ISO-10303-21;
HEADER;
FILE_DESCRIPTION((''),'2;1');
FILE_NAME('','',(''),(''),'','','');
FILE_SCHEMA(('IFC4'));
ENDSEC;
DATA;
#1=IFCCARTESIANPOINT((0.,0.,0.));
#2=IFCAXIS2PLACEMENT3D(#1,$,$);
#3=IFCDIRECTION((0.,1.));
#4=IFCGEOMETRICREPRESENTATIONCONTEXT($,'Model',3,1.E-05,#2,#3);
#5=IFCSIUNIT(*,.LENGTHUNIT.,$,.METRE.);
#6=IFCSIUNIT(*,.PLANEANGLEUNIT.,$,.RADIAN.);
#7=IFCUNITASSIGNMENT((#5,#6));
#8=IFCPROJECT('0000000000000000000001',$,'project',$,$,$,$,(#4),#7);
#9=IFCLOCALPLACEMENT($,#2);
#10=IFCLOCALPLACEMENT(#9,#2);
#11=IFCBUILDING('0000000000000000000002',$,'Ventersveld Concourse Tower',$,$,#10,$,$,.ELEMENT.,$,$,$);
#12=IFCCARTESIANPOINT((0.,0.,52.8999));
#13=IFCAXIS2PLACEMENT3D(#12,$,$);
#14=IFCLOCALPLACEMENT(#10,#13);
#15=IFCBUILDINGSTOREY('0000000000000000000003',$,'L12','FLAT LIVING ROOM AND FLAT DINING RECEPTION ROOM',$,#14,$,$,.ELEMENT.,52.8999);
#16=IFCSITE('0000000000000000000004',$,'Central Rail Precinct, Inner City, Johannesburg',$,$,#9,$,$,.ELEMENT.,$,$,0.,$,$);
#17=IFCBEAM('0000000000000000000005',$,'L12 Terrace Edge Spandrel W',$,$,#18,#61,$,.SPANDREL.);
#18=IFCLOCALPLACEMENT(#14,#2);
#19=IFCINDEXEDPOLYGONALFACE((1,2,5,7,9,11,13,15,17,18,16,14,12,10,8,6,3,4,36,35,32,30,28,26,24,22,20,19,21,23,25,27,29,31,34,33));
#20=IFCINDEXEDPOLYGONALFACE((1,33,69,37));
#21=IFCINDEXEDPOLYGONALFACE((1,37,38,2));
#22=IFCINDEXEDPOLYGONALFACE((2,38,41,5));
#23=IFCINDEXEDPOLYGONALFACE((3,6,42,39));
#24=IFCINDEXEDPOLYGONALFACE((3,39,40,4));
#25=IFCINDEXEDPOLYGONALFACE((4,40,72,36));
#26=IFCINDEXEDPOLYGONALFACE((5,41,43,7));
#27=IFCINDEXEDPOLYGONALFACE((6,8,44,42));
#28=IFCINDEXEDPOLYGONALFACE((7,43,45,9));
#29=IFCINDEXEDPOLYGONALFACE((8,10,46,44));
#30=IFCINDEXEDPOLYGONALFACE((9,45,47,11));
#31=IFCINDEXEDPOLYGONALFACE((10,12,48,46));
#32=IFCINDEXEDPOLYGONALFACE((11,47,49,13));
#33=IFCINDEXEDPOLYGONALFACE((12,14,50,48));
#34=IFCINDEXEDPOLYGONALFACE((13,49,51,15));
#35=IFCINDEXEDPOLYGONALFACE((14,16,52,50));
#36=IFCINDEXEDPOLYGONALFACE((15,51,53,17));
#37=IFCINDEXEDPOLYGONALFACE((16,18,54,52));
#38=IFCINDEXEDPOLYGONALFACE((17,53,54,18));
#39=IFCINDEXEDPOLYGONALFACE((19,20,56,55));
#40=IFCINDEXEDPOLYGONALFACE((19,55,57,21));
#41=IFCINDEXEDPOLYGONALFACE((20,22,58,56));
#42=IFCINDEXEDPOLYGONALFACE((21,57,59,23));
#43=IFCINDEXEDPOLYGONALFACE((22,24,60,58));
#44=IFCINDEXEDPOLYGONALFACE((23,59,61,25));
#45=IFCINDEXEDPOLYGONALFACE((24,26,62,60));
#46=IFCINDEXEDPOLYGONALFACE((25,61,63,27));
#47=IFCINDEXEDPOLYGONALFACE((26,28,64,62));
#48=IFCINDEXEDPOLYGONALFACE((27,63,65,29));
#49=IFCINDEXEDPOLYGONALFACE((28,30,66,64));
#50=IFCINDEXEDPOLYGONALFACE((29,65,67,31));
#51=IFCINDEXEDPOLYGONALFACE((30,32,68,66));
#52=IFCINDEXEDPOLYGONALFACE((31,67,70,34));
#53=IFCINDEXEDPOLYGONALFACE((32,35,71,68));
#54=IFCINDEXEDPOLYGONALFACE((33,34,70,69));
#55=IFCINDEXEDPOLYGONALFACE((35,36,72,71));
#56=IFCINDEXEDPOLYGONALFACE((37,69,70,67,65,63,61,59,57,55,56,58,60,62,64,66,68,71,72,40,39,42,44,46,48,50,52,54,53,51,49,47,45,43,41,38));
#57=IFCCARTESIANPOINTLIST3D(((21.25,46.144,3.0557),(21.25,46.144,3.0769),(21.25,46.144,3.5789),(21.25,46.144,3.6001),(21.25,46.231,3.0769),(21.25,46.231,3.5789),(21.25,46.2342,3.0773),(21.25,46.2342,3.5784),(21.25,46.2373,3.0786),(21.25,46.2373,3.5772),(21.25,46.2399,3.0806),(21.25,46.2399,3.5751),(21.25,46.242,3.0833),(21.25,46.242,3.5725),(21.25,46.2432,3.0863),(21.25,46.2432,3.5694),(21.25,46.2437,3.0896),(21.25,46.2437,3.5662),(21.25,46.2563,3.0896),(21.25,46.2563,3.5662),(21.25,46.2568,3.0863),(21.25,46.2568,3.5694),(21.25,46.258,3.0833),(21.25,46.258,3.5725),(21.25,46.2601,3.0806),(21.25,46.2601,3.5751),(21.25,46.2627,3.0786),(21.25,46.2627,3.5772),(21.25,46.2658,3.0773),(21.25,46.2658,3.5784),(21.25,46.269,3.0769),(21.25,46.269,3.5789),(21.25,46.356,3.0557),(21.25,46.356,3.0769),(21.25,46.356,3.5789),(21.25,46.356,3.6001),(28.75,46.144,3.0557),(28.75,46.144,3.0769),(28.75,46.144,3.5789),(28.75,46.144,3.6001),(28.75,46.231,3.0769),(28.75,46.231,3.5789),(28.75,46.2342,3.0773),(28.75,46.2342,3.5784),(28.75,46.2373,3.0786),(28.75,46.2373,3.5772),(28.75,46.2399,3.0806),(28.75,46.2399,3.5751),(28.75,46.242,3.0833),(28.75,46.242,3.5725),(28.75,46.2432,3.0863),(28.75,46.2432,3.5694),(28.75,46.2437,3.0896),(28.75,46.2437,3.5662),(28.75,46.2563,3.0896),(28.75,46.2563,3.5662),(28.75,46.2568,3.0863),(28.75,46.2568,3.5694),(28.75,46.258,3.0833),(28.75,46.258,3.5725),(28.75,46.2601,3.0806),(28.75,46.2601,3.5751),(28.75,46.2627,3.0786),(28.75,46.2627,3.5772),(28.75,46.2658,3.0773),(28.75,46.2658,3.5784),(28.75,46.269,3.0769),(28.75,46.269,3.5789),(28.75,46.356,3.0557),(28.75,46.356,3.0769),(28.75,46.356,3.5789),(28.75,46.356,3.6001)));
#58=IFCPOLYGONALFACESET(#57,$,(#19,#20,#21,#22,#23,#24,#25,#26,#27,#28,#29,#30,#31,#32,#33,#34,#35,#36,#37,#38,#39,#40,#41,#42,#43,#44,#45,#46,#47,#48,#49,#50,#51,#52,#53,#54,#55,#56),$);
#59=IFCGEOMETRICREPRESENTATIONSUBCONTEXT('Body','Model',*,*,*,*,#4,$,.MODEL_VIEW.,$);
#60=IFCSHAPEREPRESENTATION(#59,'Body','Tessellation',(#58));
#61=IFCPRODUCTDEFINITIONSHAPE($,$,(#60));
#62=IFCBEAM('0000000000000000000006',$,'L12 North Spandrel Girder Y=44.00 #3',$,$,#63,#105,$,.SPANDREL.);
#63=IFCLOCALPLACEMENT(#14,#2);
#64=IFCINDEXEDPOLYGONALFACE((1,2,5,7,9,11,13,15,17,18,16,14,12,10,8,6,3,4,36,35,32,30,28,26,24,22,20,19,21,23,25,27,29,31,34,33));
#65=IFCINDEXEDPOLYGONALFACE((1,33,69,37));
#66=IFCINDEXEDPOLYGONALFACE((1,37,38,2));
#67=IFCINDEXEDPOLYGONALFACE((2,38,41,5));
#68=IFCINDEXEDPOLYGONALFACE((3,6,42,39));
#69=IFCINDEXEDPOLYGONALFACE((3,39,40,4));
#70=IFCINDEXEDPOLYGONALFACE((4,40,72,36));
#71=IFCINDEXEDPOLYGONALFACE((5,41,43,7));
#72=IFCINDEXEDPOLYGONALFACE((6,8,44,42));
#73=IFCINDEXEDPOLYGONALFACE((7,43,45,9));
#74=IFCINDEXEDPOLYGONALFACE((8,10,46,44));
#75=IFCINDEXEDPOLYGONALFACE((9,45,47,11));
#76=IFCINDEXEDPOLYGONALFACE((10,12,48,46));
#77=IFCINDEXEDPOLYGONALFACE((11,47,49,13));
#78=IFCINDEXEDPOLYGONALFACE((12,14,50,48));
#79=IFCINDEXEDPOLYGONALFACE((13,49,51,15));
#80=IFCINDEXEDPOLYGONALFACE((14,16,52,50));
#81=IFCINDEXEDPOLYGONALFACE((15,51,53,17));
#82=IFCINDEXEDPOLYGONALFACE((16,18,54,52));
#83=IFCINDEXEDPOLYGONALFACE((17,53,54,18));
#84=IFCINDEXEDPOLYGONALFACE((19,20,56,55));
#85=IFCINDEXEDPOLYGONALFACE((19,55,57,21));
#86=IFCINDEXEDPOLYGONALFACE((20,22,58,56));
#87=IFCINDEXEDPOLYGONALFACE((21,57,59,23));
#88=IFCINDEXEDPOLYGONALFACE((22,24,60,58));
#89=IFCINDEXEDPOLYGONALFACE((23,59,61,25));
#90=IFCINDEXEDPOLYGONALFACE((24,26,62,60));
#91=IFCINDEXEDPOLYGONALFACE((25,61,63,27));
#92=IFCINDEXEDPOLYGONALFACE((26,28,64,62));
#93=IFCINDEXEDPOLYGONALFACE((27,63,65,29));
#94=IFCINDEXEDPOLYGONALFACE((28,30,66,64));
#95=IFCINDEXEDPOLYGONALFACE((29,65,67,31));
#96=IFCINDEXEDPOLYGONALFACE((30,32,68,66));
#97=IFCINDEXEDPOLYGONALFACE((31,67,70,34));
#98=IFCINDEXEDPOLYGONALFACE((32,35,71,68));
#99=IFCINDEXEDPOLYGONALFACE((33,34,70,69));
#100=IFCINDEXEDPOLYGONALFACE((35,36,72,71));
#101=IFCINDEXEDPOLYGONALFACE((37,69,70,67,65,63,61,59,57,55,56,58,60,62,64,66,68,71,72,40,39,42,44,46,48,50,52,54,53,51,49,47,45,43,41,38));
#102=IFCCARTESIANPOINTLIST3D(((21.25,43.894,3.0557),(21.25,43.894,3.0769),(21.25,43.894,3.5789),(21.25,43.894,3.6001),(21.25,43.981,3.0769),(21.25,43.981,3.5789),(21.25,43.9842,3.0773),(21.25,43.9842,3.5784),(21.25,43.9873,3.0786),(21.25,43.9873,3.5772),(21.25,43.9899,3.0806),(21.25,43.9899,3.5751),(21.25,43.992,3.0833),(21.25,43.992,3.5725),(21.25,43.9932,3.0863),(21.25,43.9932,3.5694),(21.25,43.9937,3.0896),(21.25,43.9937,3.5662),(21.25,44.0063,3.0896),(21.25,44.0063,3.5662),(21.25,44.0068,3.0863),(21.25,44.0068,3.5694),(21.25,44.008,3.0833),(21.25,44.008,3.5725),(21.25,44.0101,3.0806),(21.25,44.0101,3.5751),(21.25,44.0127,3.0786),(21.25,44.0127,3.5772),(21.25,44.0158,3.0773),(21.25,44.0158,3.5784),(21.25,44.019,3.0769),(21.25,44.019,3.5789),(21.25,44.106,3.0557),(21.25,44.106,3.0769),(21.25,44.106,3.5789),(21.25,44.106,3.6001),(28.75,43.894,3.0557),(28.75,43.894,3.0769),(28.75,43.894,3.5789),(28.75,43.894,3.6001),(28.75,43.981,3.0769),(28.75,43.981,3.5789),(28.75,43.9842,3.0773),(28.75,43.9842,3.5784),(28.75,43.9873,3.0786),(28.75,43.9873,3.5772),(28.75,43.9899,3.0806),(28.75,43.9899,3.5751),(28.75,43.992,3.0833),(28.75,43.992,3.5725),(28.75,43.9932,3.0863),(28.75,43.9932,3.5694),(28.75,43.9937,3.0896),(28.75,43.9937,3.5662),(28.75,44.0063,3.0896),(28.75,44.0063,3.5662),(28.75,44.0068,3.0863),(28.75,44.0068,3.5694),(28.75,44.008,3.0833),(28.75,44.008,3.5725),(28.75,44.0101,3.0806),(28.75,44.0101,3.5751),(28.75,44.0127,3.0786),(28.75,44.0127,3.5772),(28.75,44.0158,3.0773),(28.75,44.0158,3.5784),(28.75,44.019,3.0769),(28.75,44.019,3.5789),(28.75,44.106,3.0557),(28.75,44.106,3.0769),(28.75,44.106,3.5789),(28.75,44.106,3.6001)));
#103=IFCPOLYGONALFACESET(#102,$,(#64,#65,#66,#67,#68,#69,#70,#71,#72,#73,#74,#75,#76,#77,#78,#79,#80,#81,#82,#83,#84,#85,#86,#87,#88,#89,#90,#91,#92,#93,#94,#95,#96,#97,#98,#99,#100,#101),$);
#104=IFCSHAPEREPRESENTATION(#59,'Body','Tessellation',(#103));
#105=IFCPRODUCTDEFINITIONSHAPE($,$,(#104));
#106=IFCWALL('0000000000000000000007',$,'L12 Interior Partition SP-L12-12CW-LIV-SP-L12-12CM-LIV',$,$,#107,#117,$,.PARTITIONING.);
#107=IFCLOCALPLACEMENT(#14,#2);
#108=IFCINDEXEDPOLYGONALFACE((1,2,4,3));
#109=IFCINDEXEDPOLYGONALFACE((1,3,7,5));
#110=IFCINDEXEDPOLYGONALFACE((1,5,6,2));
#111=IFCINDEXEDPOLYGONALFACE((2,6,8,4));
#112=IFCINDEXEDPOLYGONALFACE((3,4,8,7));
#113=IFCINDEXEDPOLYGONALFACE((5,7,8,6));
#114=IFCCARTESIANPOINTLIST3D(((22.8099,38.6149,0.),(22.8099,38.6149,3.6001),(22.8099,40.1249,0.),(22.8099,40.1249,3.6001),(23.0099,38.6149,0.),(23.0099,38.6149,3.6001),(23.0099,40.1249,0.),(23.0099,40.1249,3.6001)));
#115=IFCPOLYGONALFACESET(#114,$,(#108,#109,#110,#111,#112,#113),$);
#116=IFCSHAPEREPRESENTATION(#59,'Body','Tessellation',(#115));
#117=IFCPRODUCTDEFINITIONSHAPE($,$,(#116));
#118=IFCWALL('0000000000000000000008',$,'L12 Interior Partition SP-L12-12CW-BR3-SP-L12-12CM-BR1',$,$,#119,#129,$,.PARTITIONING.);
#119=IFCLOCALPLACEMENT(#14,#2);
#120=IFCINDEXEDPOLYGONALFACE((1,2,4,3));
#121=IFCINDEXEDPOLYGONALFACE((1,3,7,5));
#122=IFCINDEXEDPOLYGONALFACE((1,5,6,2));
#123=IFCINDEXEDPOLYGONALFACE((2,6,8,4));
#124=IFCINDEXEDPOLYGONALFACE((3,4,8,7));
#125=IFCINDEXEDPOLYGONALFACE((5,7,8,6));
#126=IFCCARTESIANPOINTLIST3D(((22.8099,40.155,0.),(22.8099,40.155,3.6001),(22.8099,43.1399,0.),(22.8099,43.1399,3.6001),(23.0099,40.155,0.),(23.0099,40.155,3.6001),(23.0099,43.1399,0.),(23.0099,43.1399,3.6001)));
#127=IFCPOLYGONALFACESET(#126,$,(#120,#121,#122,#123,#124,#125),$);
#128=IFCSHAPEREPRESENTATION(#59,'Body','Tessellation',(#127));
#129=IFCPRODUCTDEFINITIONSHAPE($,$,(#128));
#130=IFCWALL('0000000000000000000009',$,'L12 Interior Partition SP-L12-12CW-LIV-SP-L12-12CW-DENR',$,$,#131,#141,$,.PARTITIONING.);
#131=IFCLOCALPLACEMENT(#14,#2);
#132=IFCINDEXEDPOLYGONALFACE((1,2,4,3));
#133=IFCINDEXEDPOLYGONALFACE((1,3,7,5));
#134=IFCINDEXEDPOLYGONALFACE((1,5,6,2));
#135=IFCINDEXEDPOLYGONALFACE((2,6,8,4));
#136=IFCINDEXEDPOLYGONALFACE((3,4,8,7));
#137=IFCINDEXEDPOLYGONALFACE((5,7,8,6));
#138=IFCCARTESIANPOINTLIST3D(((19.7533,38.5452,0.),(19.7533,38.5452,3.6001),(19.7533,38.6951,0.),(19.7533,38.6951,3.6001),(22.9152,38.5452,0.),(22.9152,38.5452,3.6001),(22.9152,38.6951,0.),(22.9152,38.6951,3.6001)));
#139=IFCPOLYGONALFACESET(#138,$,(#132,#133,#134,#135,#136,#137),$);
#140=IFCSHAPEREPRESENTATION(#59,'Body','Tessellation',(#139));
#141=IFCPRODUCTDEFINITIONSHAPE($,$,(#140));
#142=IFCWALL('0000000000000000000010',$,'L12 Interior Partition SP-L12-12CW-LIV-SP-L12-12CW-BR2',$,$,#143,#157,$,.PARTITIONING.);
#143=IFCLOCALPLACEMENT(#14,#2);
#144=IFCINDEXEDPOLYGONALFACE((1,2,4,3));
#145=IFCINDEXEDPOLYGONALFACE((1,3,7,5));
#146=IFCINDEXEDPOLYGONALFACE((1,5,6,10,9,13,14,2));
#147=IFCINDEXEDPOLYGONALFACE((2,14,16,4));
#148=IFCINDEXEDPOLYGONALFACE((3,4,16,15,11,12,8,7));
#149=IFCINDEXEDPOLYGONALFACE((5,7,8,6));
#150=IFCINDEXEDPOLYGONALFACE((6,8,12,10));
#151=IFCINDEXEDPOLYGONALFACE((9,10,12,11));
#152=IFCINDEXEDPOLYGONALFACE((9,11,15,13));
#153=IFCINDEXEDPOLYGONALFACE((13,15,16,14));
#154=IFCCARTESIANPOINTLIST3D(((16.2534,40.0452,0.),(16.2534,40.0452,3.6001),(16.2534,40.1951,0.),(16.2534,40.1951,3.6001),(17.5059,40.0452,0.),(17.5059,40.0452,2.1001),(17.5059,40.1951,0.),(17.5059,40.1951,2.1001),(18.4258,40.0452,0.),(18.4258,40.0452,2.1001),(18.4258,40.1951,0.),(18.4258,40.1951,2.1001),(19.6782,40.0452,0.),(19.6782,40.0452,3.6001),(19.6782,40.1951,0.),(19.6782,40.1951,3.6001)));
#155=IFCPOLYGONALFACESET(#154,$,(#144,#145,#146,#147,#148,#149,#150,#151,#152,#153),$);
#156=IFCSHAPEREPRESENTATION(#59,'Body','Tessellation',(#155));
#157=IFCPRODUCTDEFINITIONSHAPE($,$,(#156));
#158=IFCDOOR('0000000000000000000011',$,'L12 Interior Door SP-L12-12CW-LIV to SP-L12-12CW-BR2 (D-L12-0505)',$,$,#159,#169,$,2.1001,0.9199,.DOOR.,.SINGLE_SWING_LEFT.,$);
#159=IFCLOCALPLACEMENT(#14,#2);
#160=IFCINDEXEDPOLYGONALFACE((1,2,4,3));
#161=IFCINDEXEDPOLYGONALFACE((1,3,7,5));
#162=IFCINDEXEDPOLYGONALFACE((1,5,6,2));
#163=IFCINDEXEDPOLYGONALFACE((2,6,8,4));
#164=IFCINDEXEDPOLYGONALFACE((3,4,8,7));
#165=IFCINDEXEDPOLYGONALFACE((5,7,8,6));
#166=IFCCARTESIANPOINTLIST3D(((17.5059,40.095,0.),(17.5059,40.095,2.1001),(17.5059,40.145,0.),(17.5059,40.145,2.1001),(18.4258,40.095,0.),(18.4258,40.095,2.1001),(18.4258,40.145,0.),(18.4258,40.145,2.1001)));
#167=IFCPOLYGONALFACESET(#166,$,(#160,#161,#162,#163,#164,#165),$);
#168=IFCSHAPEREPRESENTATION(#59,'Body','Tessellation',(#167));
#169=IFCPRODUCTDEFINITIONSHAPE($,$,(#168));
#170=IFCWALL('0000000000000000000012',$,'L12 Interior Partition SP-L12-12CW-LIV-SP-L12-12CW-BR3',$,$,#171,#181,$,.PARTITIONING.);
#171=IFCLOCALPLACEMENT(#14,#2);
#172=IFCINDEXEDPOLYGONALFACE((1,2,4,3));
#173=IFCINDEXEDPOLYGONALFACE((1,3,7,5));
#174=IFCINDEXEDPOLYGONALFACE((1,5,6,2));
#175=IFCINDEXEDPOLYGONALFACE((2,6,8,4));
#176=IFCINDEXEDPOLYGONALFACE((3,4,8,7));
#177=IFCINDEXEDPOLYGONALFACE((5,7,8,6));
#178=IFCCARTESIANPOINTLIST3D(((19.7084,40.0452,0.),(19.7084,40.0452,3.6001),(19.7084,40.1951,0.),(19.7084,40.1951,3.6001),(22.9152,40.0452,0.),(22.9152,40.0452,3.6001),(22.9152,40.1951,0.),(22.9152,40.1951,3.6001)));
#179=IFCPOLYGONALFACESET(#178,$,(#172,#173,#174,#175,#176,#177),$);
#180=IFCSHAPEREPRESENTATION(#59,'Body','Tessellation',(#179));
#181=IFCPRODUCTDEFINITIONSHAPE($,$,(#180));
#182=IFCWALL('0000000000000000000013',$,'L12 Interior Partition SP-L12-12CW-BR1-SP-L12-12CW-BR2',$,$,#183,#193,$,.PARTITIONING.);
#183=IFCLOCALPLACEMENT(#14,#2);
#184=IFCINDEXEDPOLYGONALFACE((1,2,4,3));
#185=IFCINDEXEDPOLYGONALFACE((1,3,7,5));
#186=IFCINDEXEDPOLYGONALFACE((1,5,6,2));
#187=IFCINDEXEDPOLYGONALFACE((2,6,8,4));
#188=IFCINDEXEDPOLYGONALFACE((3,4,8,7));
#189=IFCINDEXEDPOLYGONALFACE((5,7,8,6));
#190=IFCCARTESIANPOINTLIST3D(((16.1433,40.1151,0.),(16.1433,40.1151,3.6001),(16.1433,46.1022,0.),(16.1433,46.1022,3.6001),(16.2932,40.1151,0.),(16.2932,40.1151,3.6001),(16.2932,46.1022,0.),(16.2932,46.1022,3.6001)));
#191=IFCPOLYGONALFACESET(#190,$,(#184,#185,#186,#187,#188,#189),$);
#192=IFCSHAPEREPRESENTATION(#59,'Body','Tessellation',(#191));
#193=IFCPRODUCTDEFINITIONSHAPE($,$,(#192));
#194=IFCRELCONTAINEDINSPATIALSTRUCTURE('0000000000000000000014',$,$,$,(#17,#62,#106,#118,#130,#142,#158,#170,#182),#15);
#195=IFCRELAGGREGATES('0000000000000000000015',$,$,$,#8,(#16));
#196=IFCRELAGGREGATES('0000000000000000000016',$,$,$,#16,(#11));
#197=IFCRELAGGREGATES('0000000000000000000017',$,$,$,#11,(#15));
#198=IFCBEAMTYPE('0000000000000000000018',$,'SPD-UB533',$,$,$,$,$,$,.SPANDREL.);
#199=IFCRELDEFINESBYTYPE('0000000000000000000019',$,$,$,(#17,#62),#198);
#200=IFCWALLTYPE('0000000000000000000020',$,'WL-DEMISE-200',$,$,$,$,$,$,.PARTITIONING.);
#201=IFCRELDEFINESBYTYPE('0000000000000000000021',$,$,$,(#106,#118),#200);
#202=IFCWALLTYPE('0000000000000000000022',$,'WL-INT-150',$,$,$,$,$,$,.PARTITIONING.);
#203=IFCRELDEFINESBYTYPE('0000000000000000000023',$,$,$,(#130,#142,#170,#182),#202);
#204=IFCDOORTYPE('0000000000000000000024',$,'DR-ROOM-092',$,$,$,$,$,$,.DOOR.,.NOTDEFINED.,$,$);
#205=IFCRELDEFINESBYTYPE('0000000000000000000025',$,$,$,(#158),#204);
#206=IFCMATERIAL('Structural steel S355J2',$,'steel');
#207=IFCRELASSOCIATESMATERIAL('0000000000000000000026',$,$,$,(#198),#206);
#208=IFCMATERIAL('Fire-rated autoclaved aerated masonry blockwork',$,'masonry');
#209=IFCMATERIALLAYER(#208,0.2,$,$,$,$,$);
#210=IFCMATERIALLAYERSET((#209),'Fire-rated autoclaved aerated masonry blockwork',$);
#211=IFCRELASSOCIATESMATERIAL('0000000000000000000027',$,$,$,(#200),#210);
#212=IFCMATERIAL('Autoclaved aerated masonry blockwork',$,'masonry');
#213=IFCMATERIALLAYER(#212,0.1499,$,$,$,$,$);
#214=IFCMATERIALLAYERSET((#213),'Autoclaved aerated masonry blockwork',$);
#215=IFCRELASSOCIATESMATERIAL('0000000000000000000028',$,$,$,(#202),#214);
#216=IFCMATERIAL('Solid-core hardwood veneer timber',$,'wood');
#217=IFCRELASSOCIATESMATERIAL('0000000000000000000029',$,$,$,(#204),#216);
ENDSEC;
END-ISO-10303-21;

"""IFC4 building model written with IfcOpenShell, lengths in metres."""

from ifc_helpers import new_model, si_unit, direction, frame, frame_2d, origin, origin_2d, place, context, subcontext, project, spatial, rectangle, i_section, extrude, material, layer, layer_set, material_profile, profile_set, type_object, element, fill, save


model = new_model("IFC4")

# Units and contexts
model_context = context("Model", 3, precision=1e-05, world=origin(), true_north=direction((0.0, 1.0)))
body_context = subcontext(model_context, "Body", "Model", "MODEL_VIEW")
ifc_project = project(units=[si_unit("LENGTHUNIT", "METRE"), si_unit("PLANEANGLEUNIT", "RADIAN")], contexts=[model_context])

# Site, building, storey
site_placement = place(None, origin())
site = spatial("IfcSite", under=ifc_project, at=site_placement, Name="Central Rail Precinct, Inner City, Johannesburg", CompositionType="ELEMENT", RefElevation=0.0)
building_placement = place(site_placement, origin())
building = spatial("IfcBuilding", under=site, at=building_placement, Name="Ventersveld Concourse Tower", CompositionType="ELEMENT")
storey_placement = place(building_placement, frame((0.0, 0.0, 52.8999)))
storey = spatial("IfcBuildingStorey", under=building, at=storey_placement, Name="L12", Description="FLAT LIVING ROOM AND FLAT DINING RECEPTION ROOM", CompositionType="ELEMENT", Elevation=52.8999)

# Shared definitions
ifc_material_1 = material(Name="Structural steel S355J2", Category="steel")

# Beams
ifc_material_profile_1 = material_profile(ifc_material_1, i_section(OverallWidth=0.2119, OverallDepth=0.5444, WebThickness=0.0127, FlangeThickness=0.0212, FilletRadius=0.0127, at=origin_2d()), Name="UB 533x210x122")
ifc_profile_set_1 = profile_set([ifc_material_profile_1], Name="Structural steel S355J2")
beam_type_1 = type_object("IfcBeamType", Name="SPD-UB533", PredefinedType="SPANDREL", material=ifc_profile_set_1)
for number, where, z_axis, x_axis, name in (
    (1, (21.25, 46.25, 3.3279), (1.0, 0.0, 0.0), (0.0, 1.0, 0.0), "L12 Terrace Edge Spandrel W"),
    (2, (21.25, 44.0, 3.3279), (1.0, 0.0, 0.0), (0.0, 1.0, 0.0), "L12 North Spandrel Girder Y=44.00 #3"),
):
    element("IfcBeam", number, at=place(storey_placement, frame(where, z_axis=z_axis, x_axis=x_axis)), inside=storey, type_object=beam_type_1, Name=name, PredefinedType="SPANDREL", context=body_context, shape_type="SweptSolid", body=[
        extrude(i_section(OverallWidth=0.2119, OverallDepth=0.5444, WebThickness=0.0127, FlangeThickness=0.0212, FilletRadius=0.0127, at=origin_2d()), origin(), (0.0, 0.0, 1.0), 7.5),
    ])

# Walls
ifc_material_2 = material(Name="Fire-rated autoclaved aerated masonry blockwork", Category="masonry")
ifc_layer_1 = layer(ifc_material_2, 0.2)
ifc_layer_set_1 = layer_set([ifc_layer_1], Name="Fire-rated autoclaved aerated masonry blockwork")
wall_type_1 = type_object("IfcWallType", Name="WL-DEMISE-200", PredefinedType="PARTITIONING", material=ifc_layer_set_1)
wall_1_placement = place(storey_placement, frame((22.9099, 38.615, 0.0), z_axis=(0.0, 0.0, 1.0), x_axis=(0.0, 1.0, 0.0)))
element("IfcWall", 3, at=wall_1_placement, inside=storey, type_object=wall_type_1, Name="L12 Interior Partition SP-L12-12CW-LIV-SP-L12-12CM-LIV", PredefinedType="PARTITIONING", context=body_context, shape_type="SweptSolid", body=[
    extrude(rectangle(XDim=1.51, YDim=0.2, at=frame_2d((0.7549, 0.0))), origin(), (0.0, 0.0, 1.0), 3.6001),
])
wall_2_placement = place(storey_placement, frame((22.9099, 40.155, 0.0), z_axis=(0.0, 0.0, 1.0), x_axis=(0.0, 1.0, 0.0)))
element("IfcWall", 4, at=wall_2_placement, inside=storey, type_object=wall_type_1, Name="L12 Interior Partition SP-L12-12CW-BR3-SP-L12-12CM-BR1", PredefinedType="PARTITIONING", context=body_context, shape_type="SweptSolid", body=[
    extrude(rectangle(XDim=2.9849, YDim=0.2, at=frame_2d((1.4924, 0.0))), origin(), (0.0, 0.0, 1.0), 3.6001),
])
ifc_material_3 = material(Name="Autoclaved aerated masonry blockwork", Category="masonry")
ifc_layer_2 = layer(ifc_material_3, 0.1499)
ifc_layer_set_2 = layer_set([ifc_layer_2], Name="Autoclaved aerated masonry blockwork")
wall_type_2 = type_object("IfcWallType", Name="WL-INT-150", PredefinedType="PARTITIONING", material=ifc_layer_set_2)
wall_3_placement = place(storey_placement, frame((19.7532, 38.6201, 0.0), z_axis=(0.0, 0.0, 1.0), x_axis=(1.0, 0.0, 0.0)))
element("IfcWall", 5, at=wall_3_placement, inside=storey, type_object=wall_type_2, Name="L12 Interior Partition SP-L12-12CW-LIV-SP-L12-12CW-DENR", PredefinedType="PARTITIONING", context=body_context, shape_type="SweptSolid", body=[
    extrude(rectangle(XDim=3.1619, YDim=0.1499, at=frame_2d((1.5811, 0.0))), origin(), (0.0, 0.0, 1.0), 3.6001),
])

# Wall, opening, door
wall_4_placement = place(storey_placement, frame((16.2534, 40.1201, 0.0), z_axis=(0.0, 0.0, 1.0), x_axis=(1.0, 0.0, 0.0)))
wall_4 = element("IfcWall", 6, at=wall_4_placement, inside=storey, type_object=wall_type_2, Name="L12 Interior Partition SP-L12-12CW-LIV-SP-L12-12CW-BR2", PredefinedType="PARTITIONING", context=body_context, shape_type="SweptSolid", body=[
    extrude(rectangle(XDim=3.4248, YDim=0.1499, at=frame_2d((1.7124, 0.0))), origin(), (0.0, 0.0, 1.0), 3.6001),
])
opening_1_placement = place(wall_4_placement, frame((1.2524, 0.0, 0.0)))
opening_1 = element("IfcOpeningElement", 7, at=opening_1_placement, cuts=wall_4, PredefinedType="OPENING", context=body_context, shape_type="SweptSolid", body=[
    extrude(rectangle(XDim=0.9199, YDim=2.1001, at=frame_2d((0.46, 1.05))), frame((0.0, 0.085, 0.0), z_axis=(0.0, -1.0, 0.0), x_axis=(1.0, 0.0, 0.0)), (0.0, 0.0, 1.0), 0.1699),
])
ifc_material_4 = material(Name="Solid-core hardwood veneer timber", Category="wood")
door_type = type_object("IfcDoorType", Name="DR-ROOM-092", OperationType="NOTDEFINED", PredefinedType="DOOR", material=ifc_material_4)
door_1_placement = place(opening_1_placement, origin())
door_1 = element("IfcDoor", 8, at=door_1_placement, inside=storey, type_object=door_type, Name="L12 Interior Door SP-L12-12CW-LIV to SP-L12-12CW-BR2 (D-L12-0505)", OperationType="SINGLE_SWING_LEFT", OverallHeight=2.1001, OverallWidth=0.9199, PredefinedType="DOOR", context=body_context, shape_type="SweptSolid", body=[
    extrude(rectangle(XDim=0.9199, YDim=2.1001, at=frame_2d((0.46, 1.05))), frame((0.0, 0.0249, 0.0), z_axis=(0.0, -1.0, 0.0), x_axis=(1.0, 0.0, 0.0)), (0.0, 0.0, 1.0), 0.05),
])
fill(opening_1, door_1)

# Walls
wall_5_placement = place(storey_placement, frame((19.7083, 40.1201, 0.0), z_axis=(0.0, 0.0, 1.0), x_axis=(1.0, 0.0, 0.0)))
element("IfcWall", 9, at=wall_5_placement, inside=storey, type_object=wall_type_2, Name="L12 Interior Partition SP-L12-12CW-LIV-SP-L12-12CW-BR3", PredefinedType="PARTITIONING", context=body_context, shape_type="SweptSolid", body=[
    extrude(rectangle(XDim=3.2068, YDim=0.1499, at=frame_2d((1.6035, 0.0))), origin(), (0.0, 0.0, 1.0), 3.6001),
])
wall_6_placement = place(storey_placement, frame((16.2183, 40.115, 0.0), z_axis=(0.0, 0.0, 1.0), x_axis=(0.0, 1.0, 0.0)))
element("IfcWall", 10, at=wall_6_placement, inside=storey, type_object=wall_type_2, Name="L12 Interior Partition SP-L12-12CW-BR1-SP-L12-12CW-BR2", PredefinedType="PARTITIONING", context=body_context, shape_type="SweptSolid", body=[
    extrude(rectangle(XDim=5.9871, YDim=0.1499, at=frame_2d((2.9937, 0.0))), origin(), (0.0, 0.0, 1.0), 3.6001),
])

save(model, "model.ifc")
